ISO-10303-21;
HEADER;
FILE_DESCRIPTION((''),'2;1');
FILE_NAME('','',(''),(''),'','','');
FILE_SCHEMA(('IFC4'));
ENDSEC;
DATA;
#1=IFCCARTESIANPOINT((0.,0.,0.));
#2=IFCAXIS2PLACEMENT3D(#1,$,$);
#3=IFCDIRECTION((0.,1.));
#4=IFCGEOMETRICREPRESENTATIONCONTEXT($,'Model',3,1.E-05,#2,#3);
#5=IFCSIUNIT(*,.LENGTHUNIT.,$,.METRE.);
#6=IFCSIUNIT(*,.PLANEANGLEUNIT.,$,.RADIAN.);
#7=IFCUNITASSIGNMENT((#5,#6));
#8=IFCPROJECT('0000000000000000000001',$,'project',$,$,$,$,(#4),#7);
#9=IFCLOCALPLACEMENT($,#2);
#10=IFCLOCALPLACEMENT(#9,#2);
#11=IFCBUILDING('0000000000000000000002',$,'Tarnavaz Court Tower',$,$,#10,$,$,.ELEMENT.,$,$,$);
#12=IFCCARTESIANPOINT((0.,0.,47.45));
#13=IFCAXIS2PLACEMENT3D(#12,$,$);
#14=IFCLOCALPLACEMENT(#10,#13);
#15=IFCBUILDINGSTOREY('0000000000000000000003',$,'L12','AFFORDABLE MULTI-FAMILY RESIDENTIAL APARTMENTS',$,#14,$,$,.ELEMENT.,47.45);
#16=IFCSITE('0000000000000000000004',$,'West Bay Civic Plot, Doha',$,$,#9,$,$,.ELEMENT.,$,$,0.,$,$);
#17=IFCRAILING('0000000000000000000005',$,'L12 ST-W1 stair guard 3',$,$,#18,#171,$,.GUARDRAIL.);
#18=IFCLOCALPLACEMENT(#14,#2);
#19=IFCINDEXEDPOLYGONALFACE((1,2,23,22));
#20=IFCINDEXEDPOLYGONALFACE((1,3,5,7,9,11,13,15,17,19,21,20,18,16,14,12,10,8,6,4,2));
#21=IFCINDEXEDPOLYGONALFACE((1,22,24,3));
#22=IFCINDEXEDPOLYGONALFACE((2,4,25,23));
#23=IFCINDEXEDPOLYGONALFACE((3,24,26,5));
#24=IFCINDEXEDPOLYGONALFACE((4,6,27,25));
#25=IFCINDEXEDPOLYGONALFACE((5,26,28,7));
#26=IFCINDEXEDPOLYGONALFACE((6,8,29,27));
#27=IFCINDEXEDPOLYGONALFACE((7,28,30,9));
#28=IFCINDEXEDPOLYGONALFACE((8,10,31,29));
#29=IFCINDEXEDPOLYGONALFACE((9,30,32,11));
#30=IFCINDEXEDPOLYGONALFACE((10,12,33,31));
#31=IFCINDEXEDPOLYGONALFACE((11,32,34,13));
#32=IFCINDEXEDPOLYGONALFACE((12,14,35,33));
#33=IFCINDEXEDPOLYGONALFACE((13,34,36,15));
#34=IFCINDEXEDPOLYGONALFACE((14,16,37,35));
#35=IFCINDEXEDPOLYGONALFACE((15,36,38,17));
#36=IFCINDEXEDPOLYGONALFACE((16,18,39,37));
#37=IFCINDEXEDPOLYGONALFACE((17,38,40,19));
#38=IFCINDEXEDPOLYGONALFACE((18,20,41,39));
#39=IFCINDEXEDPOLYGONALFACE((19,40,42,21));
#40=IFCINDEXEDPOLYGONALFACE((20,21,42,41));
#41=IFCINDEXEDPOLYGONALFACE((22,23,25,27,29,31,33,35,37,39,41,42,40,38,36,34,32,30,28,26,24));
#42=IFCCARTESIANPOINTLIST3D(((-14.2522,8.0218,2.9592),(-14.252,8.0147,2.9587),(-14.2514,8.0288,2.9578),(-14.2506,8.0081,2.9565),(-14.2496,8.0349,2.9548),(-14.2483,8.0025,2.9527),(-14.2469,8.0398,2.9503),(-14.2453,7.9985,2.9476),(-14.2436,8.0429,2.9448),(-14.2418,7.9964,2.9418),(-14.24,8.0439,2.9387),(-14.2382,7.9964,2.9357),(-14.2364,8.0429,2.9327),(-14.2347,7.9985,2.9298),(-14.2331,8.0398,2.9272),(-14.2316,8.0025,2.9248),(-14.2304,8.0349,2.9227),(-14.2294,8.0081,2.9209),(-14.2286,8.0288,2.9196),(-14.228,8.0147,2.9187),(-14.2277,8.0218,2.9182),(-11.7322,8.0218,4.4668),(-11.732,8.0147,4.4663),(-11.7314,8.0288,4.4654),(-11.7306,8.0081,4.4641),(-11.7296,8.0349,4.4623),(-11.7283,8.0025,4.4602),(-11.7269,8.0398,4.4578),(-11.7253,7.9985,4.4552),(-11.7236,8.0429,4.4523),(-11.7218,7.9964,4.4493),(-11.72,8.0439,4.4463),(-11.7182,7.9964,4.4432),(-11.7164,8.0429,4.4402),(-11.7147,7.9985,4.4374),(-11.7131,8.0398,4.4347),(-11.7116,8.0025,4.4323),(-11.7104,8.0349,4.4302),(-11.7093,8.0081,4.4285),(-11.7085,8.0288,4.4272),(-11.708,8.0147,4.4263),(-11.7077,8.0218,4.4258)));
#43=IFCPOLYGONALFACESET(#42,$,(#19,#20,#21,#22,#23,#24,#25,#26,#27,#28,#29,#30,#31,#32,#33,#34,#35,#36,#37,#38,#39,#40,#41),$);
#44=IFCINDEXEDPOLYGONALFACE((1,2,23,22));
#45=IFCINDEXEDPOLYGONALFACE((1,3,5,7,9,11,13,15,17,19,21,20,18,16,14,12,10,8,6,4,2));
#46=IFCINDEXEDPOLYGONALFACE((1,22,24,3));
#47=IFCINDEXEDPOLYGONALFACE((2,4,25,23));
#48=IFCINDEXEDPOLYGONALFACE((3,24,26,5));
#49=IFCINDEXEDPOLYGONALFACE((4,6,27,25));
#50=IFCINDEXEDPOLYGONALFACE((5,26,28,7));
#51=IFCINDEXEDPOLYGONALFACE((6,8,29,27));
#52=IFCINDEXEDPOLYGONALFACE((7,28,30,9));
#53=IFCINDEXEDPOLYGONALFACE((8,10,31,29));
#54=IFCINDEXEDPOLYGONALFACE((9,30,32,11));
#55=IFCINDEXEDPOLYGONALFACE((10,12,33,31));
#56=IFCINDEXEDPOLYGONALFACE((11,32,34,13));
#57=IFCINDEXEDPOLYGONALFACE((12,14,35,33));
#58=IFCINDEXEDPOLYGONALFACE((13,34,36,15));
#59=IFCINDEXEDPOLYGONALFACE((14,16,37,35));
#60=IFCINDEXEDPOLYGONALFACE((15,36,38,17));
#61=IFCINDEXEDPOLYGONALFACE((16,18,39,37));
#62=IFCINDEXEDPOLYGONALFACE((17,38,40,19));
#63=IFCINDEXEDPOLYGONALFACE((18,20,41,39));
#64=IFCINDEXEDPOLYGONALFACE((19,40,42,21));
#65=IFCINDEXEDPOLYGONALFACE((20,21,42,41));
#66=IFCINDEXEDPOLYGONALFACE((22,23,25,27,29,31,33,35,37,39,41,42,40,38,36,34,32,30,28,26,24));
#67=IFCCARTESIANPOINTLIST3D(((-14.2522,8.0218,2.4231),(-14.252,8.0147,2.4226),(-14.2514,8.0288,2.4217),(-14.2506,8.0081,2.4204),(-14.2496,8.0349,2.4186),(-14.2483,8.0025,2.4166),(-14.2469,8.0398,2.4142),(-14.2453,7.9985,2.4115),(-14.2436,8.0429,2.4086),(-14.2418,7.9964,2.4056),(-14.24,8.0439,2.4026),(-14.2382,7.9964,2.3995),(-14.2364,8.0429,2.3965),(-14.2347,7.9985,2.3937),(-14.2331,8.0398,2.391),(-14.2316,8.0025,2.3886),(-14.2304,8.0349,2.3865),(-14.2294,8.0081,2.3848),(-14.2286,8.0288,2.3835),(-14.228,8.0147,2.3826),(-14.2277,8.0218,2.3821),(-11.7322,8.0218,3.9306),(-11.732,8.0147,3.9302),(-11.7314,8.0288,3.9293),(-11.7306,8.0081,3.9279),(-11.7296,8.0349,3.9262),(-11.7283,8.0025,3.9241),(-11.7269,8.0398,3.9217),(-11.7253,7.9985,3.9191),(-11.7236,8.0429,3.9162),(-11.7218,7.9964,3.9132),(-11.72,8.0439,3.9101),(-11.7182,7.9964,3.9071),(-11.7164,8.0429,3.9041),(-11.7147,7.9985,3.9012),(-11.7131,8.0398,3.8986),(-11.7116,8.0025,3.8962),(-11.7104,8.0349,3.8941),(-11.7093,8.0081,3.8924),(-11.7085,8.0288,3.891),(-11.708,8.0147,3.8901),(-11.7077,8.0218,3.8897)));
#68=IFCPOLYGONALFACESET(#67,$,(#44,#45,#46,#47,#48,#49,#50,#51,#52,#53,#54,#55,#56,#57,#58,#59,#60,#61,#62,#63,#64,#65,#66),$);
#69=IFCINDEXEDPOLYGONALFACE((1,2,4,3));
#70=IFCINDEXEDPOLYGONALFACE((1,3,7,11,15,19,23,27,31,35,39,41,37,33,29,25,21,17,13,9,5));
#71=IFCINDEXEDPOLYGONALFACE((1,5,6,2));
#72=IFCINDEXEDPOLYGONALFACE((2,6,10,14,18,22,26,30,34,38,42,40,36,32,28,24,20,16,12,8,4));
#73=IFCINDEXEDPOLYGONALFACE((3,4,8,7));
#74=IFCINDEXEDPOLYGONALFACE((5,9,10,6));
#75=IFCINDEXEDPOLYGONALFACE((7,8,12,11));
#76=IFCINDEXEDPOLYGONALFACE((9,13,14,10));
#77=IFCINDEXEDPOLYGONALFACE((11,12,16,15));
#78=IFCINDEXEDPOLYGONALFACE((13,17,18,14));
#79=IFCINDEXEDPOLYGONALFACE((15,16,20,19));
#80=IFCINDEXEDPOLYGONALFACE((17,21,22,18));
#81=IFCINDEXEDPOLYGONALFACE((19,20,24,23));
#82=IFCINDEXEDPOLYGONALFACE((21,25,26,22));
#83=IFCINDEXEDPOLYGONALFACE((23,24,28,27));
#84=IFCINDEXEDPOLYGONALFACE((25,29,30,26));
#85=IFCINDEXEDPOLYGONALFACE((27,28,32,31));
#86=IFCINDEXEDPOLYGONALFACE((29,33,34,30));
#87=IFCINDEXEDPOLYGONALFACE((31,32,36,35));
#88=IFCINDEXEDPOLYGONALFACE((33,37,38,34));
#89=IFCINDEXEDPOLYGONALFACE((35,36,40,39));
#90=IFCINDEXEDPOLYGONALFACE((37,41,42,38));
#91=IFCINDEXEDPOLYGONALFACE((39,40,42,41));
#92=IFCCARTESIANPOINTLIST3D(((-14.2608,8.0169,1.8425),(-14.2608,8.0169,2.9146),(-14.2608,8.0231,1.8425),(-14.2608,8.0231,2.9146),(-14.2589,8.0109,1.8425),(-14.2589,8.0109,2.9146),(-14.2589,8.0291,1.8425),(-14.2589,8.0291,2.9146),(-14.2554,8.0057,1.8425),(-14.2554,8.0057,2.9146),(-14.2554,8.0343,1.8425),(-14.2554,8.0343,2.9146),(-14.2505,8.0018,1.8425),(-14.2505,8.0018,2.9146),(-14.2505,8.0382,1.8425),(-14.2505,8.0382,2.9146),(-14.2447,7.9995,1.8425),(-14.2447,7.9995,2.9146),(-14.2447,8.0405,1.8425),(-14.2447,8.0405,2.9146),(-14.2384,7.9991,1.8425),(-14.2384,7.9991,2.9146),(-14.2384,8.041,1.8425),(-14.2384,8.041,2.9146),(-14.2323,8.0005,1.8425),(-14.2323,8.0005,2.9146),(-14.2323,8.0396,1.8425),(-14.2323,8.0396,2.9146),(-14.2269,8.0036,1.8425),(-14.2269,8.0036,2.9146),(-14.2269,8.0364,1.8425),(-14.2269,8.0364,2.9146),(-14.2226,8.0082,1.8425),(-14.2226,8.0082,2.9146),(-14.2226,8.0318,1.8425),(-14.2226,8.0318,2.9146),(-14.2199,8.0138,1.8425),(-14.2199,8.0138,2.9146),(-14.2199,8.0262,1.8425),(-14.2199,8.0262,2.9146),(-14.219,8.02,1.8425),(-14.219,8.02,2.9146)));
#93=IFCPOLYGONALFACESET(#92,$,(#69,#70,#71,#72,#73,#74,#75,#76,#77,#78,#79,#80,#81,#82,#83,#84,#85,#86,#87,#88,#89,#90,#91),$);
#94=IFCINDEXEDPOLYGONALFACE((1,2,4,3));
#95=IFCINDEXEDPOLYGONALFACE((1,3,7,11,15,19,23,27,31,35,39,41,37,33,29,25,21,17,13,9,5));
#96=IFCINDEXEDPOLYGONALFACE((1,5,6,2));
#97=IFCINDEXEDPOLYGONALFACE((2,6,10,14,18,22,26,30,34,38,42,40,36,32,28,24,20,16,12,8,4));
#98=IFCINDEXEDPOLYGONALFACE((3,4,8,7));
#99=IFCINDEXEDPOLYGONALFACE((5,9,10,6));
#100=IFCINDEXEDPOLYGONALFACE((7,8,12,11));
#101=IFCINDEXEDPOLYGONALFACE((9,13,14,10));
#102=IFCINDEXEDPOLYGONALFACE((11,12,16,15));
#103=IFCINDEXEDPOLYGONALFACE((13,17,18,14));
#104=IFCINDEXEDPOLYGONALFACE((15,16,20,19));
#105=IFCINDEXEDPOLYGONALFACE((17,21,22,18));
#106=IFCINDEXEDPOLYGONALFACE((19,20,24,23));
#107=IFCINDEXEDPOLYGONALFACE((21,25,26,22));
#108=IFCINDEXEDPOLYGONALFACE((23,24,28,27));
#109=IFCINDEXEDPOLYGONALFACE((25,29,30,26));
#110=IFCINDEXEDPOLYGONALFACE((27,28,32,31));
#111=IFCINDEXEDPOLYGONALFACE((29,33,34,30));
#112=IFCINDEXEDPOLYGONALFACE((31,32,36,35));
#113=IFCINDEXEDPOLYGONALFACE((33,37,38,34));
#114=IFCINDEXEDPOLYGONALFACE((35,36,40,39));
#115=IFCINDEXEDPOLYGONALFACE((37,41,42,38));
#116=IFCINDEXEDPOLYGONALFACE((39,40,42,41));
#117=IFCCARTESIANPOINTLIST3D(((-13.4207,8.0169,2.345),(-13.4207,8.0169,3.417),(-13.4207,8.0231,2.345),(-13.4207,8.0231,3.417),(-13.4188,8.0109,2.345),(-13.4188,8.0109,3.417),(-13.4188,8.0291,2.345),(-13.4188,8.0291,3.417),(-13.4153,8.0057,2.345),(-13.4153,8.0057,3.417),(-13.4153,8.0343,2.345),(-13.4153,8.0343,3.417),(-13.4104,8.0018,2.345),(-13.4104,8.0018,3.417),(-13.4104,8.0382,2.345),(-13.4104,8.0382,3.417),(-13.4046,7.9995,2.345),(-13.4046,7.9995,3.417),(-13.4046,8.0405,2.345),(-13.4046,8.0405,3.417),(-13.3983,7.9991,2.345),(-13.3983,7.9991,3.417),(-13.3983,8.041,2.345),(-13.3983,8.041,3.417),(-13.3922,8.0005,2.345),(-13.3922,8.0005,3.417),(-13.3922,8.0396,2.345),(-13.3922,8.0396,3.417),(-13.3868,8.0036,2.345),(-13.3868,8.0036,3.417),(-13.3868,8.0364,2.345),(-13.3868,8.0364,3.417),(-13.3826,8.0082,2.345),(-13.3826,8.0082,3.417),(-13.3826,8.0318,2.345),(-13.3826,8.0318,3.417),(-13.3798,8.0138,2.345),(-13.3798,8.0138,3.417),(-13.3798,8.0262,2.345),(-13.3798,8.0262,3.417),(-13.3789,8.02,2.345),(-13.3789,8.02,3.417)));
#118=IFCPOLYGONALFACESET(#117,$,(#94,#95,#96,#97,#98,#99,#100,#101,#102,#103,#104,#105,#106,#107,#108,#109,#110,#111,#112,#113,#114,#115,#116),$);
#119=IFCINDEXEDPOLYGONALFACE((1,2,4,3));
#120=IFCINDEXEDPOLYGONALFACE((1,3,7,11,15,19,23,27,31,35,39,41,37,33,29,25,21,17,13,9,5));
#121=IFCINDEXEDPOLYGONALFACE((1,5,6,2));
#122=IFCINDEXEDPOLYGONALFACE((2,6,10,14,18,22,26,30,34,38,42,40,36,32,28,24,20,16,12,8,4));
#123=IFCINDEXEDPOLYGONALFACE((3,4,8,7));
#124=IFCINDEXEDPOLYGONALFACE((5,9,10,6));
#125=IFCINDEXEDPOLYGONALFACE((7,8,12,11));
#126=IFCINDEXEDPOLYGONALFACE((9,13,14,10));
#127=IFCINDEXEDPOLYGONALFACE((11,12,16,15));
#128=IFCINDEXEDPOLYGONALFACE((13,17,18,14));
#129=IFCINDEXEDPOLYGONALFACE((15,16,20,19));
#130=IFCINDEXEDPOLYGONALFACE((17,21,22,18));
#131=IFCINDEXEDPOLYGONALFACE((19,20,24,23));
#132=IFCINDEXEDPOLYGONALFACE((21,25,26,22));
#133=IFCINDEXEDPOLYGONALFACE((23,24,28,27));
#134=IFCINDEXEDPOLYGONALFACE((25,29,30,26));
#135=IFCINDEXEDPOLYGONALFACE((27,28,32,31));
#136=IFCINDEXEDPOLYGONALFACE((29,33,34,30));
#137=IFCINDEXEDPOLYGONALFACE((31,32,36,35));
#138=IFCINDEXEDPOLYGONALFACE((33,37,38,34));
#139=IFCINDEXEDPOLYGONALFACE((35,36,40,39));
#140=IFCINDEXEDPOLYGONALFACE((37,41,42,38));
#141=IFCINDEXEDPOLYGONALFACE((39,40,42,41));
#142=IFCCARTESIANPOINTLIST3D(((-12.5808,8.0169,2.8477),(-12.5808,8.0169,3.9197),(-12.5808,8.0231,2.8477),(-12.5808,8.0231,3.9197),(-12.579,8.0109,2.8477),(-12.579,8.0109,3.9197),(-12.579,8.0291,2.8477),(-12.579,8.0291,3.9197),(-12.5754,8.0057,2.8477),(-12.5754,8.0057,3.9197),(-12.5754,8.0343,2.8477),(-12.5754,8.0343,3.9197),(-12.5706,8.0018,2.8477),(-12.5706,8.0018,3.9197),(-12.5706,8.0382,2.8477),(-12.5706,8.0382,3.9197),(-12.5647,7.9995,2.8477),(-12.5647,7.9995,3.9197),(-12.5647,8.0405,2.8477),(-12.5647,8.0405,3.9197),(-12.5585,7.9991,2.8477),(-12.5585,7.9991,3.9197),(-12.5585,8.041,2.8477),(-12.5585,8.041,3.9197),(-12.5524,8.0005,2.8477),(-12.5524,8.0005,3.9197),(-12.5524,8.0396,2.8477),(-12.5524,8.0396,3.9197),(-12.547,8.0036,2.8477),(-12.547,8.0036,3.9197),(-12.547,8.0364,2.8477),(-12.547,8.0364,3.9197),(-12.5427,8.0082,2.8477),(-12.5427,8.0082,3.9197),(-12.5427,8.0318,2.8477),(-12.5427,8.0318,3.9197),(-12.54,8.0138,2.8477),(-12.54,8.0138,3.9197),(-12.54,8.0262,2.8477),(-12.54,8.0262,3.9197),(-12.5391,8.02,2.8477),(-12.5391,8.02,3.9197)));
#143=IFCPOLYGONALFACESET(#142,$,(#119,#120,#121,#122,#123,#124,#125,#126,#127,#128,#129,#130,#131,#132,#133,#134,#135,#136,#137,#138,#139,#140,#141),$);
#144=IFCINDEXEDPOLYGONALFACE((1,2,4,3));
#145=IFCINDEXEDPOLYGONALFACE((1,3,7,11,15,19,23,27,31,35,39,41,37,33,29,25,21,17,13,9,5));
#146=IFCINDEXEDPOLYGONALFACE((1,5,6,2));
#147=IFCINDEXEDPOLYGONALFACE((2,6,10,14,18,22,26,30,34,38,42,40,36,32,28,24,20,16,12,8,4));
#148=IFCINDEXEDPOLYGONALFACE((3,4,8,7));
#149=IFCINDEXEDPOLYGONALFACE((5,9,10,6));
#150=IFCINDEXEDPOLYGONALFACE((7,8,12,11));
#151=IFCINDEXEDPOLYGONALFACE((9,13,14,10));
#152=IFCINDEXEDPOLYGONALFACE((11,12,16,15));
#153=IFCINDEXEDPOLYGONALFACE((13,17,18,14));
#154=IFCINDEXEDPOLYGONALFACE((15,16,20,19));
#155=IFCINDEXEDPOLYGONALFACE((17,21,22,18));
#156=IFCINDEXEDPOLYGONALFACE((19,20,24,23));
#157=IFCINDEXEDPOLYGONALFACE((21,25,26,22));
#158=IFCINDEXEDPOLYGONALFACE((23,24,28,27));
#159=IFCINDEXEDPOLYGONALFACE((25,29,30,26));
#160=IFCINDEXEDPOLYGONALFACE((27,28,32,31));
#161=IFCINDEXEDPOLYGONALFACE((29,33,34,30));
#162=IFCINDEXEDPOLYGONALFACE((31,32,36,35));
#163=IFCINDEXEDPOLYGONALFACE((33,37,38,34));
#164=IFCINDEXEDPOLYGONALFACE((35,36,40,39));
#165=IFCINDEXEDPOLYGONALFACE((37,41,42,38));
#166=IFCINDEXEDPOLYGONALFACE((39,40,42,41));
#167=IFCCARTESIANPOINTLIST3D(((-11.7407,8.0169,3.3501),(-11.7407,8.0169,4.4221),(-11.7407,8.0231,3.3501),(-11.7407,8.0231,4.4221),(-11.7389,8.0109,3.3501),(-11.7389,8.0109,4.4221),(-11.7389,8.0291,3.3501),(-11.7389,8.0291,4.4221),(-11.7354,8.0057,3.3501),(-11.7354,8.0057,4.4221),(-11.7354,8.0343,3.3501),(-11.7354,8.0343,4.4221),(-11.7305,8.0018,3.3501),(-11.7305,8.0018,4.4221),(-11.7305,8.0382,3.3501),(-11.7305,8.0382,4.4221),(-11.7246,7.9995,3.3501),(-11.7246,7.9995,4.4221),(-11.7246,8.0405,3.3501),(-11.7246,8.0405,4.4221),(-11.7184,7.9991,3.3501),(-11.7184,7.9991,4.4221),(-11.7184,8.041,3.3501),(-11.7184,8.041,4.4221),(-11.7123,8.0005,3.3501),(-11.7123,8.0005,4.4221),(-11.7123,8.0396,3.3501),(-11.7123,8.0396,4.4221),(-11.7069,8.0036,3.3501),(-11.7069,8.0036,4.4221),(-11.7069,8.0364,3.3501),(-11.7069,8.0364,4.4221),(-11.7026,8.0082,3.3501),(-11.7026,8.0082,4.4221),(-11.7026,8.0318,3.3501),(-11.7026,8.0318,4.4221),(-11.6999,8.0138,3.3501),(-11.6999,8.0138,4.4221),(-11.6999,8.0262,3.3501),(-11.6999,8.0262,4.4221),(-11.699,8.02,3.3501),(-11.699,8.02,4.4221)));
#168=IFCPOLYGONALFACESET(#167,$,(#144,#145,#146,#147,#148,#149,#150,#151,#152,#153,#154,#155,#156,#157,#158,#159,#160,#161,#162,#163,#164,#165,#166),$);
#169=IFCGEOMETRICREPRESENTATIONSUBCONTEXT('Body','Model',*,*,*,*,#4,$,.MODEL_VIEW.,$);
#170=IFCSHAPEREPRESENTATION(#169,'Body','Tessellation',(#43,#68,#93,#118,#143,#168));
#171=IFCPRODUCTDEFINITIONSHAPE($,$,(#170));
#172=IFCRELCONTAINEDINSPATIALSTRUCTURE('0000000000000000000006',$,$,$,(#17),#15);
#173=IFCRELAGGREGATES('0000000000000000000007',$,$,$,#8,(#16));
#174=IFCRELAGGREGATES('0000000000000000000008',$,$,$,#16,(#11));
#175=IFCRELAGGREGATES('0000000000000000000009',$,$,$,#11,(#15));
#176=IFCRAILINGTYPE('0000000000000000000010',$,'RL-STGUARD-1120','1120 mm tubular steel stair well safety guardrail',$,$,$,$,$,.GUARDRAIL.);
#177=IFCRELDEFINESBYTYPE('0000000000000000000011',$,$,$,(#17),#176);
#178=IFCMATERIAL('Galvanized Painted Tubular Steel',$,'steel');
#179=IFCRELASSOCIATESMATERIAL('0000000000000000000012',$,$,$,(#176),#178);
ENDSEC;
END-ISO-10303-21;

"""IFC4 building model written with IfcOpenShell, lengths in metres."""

from ifc_helpers import new_model, si_unit, direction, frame, origin, origin_2d, place, context, subcontext, project, spatial, circle, extrude, material, type_object, element, save


model = new_model("IFC4")

# Units and contexts
model_context = context("Model", 3, precision=1e-05, world=origin(), true_north=direction((0.0, 1.0)))
body_context = subcontext(model_context, "Body", "Model", "MODEL_VIEW")
ifc_project = project(units=[si_unit("LENGTHUNIT", "METRE"), si_unit("PLANEANGLEUNIT", "RADIAN")], contexts=[model_context])

# Site, building, storey
site_placement = place(None, origin())
site = spatial("IfcSite", under=ifc_project, at=site_placement, Name="West Bay Civic Plot, Doha", CompositionType="ELEMENT", RefElevation=0.0)
building_placement = place(site_placement, origin())
building = spatial("IfcBuilding", under=site, at=building_placement, Name="Tarnavaz Court Tower", CompositionType="ELEMENT")
storey_placement = place(building_placement, frame((0.0, 0.0, 47.45)))
storey = spatial("IfcBuildingStorey", under=building, at=storey_placement, Name="L12", Description="AFFORDABLE MULTI-FAMILY RESIDENTIAL APARTMENTS", CompositionType="ELEMENT", Elevation=47.45)

# Railing
ifc_material_1 = material(Name="Galvanized Painted Tubular Steel", Category="steel")
railing_type_1 = type_object("IfcRailingType", Name="RL-STGUARD-1120", Description="1120 mm tubular steel stair well safety guardrail", PredefinedType="GUARDRAIL", material=ifc_material_1)
railing_1_placement = place(storey_placement, frame((-14.24, 8.02, 1.8425)))
element("IfcRailing", 1, at=railing_1_placement, inside=storey, type_object=railing_type_1, Name="L12 ST-W1 stair guard 3", PredefinedType="GUARDRAIL", context=body_context, shape_type="SweptSolid", body=[
    extrude(circle(Radius=0.0239, at=origin_2d()), frame((0.0, 0.0, 1.0962), z_axis=(0.85816, 0.0, 0.513383), x_axis=(0.0, 1.0, 0.0)), (0.0, 0.0, 1.0), 2.9365),
    extrude(circle(Radius=0.0239, at=origin_2d()), frame((0.0, 0.0, 0.5601), z_axis=(0.85816, 0.0, 0.513383), x_axis=(0.0, 1.0, 0.0)), (0.0, 0.0, 1.0), 2.9365),
    extrude(circle(Radius=0.021, at=origin_2d()), origin(), (0.0, 0.0, 1.0), 1.072),
    extrude(circle(Radius=0.021, at=origin_2d()), frame((0.8401, 0.0, 0.5024)), (0.0, 0.0, 1.0), 1.072),
    extrude(circle(Radius=0.021, at=origin_2d()), frame((1.6799, 0.0, 1.0051)), (0.0, 0.0, 1.0), 1.072),
    extrude(circle(Radius=0.021, at=origin_2d()), frame((2.52, 0.0, 1.5076)), (0.0, 0.0, 1.0), 1.072),
])

save(model, "model.ifc")
